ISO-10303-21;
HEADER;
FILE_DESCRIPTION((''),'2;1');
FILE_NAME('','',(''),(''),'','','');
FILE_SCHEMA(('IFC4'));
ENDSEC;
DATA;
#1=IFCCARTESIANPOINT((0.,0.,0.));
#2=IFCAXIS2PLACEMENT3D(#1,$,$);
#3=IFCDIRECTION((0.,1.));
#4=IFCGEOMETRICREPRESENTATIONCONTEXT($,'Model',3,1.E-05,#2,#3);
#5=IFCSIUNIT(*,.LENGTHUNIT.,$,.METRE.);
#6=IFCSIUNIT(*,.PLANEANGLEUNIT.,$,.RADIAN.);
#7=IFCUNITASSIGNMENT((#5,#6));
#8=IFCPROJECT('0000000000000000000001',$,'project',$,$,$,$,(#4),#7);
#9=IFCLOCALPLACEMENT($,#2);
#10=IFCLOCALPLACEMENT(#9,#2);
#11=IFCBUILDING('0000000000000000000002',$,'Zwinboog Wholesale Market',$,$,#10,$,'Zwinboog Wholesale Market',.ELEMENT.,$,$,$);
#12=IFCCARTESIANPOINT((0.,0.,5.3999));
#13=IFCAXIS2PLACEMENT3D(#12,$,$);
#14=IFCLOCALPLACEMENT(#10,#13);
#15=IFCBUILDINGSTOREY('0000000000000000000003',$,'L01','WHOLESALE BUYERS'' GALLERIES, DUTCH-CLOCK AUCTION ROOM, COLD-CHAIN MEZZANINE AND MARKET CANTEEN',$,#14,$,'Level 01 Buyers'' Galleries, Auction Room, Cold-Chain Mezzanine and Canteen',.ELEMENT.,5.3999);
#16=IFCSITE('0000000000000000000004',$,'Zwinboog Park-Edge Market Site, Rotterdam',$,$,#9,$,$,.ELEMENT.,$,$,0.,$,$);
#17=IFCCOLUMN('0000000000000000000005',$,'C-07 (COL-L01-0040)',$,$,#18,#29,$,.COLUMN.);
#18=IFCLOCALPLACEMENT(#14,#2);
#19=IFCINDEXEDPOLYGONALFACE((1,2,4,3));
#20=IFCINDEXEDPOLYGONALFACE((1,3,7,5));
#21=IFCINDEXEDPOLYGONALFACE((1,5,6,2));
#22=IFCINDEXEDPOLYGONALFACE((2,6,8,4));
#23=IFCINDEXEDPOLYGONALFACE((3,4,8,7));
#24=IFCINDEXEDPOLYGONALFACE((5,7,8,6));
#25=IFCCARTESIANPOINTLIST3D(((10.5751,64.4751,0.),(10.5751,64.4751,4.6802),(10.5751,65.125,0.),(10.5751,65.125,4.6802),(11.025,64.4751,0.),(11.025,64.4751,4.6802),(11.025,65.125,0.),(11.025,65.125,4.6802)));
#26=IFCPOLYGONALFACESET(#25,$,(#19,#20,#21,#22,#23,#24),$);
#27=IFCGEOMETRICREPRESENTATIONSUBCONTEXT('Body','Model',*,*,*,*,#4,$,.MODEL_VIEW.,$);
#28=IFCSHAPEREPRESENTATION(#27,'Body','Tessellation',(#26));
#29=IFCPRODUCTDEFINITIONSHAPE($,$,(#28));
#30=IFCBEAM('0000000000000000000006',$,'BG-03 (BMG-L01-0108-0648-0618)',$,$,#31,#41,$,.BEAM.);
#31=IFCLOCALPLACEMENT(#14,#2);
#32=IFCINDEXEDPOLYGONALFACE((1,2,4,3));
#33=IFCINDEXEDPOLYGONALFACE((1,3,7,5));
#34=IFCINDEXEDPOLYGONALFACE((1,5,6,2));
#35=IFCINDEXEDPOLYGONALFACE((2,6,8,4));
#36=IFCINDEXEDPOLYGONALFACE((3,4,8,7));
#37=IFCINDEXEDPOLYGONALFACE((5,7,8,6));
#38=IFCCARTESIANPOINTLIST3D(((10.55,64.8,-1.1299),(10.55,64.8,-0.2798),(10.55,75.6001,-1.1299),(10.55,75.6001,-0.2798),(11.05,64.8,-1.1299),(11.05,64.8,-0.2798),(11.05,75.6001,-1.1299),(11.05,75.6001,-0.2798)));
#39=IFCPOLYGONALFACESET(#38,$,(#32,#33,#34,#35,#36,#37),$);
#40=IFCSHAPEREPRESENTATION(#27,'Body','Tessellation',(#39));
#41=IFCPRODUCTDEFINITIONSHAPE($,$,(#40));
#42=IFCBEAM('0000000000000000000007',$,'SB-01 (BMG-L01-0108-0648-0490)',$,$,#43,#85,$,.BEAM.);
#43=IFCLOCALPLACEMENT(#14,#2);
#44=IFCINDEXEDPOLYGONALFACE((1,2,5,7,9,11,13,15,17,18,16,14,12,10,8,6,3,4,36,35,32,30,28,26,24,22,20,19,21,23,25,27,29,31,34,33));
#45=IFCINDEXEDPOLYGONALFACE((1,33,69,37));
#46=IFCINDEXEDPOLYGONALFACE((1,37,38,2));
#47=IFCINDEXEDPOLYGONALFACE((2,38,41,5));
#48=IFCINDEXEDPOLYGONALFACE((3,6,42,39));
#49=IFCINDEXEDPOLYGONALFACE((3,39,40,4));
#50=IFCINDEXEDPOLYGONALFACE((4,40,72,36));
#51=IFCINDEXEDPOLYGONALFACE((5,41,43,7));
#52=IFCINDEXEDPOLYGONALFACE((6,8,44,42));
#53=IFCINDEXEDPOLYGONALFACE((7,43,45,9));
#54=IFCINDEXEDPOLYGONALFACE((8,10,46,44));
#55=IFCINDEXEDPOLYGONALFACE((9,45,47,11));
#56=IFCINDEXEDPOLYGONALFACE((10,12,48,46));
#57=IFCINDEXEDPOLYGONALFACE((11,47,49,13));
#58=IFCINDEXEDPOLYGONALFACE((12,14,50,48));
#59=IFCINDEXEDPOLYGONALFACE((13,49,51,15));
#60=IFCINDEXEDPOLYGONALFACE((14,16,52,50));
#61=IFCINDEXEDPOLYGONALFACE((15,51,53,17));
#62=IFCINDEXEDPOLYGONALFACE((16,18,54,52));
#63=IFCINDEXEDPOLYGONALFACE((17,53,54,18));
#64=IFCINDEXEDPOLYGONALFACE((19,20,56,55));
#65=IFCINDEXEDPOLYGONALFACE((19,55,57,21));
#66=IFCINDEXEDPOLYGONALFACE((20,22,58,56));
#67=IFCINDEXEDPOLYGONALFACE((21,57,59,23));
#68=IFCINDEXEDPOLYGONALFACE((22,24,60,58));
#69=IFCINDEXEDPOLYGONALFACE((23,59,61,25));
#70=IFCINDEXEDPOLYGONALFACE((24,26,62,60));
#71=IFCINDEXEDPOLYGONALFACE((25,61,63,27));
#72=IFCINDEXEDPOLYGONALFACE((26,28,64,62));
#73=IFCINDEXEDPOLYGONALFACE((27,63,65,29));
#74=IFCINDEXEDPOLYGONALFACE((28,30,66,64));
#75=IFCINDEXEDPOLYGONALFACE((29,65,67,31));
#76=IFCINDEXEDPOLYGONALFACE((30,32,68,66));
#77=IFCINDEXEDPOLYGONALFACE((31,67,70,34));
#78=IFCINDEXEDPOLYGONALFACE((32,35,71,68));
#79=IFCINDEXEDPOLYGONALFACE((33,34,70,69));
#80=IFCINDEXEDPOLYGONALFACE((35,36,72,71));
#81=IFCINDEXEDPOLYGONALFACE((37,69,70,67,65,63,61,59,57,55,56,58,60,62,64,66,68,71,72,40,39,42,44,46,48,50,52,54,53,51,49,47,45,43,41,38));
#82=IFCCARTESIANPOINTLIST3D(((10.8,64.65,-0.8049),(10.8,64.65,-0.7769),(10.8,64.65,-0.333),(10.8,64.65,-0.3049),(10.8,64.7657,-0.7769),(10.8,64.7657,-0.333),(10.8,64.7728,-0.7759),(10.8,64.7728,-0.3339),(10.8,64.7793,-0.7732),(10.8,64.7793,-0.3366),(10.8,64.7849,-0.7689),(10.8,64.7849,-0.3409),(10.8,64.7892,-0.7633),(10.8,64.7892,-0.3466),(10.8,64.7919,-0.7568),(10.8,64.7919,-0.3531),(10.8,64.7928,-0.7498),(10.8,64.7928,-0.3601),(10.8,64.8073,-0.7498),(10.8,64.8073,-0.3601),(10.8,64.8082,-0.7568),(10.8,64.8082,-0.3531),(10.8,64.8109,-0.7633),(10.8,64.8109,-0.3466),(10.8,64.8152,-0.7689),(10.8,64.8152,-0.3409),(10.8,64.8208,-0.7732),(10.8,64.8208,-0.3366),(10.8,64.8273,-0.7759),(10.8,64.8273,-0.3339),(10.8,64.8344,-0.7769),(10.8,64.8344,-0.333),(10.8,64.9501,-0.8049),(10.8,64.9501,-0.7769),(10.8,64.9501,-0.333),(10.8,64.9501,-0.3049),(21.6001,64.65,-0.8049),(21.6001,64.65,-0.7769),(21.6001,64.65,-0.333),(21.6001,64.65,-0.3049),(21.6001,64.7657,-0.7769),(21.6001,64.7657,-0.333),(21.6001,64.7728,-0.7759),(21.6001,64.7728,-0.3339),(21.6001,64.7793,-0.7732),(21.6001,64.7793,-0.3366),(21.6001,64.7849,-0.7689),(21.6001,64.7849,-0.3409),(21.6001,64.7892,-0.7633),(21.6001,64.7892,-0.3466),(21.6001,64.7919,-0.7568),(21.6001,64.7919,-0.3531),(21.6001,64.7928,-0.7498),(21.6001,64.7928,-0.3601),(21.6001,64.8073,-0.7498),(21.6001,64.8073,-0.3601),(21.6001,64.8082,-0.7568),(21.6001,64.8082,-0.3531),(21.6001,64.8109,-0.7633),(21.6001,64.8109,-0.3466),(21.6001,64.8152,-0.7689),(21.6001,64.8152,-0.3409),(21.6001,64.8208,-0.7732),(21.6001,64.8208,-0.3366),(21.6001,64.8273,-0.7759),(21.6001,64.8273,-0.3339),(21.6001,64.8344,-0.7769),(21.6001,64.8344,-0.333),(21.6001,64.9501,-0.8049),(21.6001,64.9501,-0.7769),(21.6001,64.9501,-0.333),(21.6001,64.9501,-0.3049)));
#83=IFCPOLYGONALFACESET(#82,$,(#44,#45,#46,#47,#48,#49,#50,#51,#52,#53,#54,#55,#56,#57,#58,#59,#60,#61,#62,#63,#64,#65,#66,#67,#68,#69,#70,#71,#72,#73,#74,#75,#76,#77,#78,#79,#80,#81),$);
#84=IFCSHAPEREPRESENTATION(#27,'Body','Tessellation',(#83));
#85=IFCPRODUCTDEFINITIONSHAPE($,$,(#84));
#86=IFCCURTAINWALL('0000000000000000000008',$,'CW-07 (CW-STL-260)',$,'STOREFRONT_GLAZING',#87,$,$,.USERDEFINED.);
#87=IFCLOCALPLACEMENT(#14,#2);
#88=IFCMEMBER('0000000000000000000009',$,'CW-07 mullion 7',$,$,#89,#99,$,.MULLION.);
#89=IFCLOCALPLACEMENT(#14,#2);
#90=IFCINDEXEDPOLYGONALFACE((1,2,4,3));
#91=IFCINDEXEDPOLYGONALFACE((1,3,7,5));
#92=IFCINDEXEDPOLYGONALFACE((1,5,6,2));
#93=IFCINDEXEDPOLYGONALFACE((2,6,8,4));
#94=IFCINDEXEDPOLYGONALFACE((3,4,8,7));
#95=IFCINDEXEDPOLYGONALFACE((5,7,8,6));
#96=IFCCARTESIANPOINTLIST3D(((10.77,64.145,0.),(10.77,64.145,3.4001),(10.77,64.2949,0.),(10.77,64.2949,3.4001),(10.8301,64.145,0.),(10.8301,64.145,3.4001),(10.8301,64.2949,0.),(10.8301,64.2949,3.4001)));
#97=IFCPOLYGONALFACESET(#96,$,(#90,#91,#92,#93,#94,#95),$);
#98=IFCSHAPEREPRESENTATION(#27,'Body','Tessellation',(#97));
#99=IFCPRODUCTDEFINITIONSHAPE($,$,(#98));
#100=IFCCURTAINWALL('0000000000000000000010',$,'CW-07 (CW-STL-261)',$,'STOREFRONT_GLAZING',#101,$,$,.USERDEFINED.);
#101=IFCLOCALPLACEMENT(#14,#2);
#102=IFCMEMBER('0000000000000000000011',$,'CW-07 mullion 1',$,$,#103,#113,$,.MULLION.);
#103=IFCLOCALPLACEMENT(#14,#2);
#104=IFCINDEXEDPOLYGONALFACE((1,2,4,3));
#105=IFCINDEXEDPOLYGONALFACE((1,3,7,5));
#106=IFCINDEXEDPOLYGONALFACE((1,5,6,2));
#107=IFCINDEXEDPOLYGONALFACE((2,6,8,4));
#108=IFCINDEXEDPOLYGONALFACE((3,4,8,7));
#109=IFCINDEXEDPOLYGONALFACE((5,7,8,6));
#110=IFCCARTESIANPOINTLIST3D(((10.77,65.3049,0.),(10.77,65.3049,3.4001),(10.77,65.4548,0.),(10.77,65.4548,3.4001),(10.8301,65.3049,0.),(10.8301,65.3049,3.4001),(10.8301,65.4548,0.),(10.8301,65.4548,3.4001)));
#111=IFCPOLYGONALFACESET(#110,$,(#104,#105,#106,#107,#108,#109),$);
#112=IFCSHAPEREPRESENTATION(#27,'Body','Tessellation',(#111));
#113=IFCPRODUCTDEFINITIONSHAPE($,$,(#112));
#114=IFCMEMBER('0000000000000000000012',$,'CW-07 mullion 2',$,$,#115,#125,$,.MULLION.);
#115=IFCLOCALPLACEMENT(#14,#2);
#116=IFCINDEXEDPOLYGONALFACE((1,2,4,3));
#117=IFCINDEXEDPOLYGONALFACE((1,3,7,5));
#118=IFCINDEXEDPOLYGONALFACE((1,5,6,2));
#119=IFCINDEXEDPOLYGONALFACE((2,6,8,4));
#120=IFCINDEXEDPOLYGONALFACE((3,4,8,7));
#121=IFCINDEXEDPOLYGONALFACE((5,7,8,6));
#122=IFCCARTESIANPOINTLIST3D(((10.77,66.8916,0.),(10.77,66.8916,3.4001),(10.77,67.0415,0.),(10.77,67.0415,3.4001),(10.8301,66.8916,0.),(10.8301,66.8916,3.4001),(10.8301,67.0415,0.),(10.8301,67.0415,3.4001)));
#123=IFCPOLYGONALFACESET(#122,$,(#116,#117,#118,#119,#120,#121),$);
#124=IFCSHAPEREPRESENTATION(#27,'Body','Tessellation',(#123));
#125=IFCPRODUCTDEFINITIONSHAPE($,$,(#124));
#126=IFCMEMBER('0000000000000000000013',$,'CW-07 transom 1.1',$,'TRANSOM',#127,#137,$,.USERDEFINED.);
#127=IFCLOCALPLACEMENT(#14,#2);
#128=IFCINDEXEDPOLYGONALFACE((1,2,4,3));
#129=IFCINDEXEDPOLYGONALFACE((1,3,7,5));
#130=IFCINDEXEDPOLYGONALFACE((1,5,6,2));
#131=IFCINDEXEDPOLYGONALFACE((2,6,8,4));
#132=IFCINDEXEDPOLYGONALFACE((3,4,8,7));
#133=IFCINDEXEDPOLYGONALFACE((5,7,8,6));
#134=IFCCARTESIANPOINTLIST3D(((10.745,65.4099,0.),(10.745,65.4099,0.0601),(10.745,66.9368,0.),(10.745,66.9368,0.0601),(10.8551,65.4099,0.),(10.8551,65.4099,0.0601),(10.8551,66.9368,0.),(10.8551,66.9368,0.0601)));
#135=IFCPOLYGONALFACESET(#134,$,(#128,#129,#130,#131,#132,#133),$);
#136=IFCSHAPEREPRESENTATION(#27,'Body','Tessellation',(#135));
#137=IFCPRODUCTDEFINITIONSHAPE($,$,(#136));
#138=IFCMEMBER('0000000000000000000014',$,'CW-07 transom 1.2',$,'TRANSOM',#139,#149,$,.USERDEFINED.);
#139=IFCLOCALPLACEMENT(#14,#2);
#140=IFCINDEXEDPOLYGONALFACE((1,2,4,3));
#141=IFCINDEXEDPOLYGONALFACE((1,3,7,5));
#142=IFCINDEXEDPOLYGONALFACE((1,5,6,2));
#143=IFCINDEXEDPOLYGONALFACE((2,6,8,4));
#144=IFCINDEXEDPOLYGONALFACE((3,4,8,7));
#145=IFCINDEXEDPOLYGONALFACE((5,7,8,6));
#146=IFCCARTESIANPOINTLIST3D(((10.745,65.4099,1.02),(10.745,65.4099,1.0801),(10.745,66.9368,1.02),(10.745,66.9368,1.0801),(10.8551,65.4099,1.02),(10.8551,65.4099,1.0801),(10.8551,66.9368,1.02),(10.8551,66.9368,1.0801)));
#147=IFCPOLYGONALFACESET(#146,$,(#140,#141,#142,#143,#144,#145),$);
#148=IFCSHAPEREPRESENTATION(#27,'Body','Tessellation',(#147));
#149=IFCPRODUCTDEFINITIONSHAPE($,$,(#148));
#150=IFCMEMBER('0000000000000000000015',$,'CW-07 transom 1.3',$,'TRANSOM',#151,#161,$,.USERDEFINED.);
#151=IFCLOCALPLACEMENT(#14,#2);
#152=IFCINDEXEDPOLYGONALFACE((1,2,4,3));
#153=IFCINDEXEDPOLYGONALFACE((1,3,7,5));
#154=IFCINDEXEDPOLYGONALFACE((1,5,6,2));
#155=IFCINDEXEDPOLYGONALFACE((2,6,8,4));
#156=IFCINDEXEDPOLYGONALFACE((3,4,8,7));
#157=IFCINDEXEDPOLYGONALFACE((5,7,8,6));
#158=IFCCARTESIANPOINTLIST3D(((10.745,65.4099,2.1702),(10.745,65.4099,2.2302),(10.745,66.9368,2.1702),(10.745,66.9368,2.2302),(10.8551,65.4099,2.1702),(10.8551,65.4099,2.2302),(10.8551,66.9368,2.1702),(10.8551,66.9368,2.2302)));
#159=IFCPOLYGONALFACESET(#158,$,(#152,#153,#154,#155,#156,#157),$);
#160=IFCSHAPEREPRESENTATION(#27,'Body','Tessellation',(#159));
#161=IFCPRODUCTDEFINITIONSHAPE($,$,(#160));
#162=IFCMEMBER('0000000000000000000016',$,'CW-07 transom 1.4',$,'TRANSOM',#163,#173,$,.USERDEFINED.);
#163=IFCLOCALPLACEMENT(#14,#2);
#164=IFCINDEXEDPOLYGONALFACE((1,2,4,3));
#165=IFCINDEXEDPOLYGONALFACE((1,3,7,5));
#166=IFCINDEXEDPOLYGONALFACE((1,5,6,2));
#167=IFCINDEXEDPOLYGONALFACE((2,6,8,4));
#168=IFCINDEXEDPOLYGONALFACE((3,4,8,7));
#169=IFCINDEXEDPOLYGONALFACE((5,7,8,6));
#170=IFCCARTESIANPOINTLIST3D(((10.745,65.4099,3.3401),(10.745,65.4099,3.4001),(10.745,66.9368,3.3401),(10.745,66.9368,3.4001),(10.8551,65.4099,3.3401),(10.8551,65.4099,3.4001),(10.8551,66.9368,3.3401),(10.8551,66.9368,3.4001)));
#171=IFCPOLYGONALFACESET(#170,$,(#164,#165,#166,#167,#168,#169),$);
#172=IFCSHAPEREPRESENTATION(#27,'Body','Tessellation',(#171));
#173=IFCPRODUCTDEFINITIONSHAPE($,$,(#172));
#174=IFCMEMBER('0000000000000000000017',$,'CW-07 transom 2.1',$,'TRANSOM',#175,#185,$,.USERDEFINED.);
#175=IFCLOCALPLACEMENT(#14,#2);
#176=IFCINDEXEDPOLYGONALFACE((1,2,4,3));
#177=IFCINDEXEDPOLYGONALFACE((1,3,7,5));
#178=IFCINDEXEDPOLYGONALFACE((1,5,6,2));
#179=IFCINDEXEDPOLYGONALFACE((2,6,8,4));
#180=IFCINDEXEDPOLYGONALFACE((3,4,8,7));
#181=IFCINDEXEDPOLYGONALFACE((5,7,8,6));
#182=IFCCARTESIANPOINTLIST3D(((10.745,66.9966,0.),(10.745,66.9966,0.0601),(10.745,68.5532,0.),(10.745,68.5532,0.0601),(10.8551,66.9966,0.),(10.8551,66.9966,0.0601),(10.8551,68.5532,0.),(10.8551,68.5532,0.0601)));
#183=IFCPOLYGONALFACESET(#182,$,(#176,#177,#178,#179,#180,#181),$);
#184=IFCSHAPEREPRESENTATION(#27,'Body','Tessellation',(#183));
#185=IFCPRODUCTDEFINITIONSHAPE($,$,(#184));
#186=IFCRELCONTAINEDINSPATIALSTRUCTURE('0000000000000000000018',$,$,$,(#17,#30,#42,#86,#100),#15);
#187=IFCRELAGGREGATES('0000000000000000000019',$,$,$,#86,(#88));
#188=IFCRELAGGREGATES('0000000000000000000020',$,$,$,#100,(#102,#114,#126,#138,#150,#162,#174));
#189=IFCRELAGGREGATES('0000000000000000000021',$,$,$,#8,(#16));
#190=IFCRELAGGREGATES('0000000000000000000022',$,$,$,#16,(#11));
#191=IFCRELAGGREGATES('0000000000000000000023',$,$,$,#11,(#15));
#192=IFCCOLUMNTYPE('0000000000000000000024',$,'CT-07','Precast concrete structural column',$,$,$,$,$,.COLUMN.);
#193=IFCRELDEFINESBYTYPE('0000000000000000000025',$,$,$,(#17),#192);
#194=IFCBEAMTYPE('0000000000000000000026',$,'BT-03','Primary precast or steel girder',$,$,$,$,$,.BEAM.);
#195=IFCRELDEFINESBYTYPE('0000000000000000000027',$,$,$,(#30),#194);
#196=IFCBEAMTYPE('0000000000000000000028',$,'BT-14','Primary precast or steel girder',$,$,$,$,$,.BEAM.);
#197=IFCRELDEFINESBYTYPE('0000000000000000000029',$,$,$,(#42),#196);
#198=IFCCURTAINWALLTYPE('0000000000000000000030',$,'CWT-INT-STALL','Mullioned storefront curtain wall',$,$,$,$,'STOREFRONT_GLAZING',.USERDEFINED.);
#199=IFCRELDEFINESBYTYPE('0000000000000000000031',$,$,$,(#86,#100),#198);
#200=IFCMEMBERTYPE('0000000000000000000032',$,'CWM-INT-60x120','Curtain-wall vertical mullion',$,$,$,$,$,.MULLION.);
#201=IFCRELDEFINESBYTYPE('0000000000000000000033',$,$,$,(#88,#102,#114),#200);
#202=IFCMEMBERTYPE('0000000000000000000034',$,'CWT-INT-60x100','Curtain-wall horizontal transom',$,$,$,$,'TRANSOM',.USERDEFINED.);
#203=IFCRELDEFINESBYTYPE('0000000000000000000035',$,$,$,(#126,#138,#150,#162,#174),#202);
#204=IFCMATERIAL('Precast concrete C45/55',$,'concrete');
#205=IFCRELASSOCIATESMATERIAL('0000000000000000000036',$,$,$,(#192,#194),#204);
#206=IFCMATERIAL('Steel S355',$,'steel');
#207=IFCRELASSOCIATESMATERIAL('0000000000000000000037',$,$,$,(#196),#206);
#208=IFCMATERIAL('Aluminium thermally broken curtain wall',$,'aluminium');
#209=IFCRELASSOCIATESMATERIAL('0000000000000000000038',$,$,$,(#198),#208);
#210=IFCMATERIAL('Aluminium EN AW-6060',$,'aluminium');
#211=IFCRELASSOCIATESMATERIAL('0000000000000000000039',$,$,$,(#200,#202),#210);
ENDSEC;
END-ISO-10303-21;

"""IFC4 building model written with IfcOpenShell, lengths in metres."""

from ifc_helpers import new_model, si_unit, direction, frame, origin, origin_2d, place, context, subcontext, project, spatial, rectangle, i_section, extrude, material, material_profile, profile_set, type_object, element, aggregate, save


model = new_model("IFC4")

# Units and contexts
model_context = context("Model", 3, precision=1e-05, world=origin(), true_north=direction((0.0, 1.0)))
body_context = subcontext(model_context, "Body", "Model", "MODEL_VIEW")
ifc_project = project(units=[si_unit("LENGTHUNIT", "METRE"), si_unit("PLANEANGLEUNIT", "RADIAN")], contexts=[model_context])

# Site, building, storey
site_placement = place(None, origin())
site = spatial("IfcSite", under=ifc_project, at=site_placement, Name="Zwinboog Park-Edge Market Site, Rotterdam", CompositionType="ELEMENT", RefElevation=0.0)
building_placement = place(site_placement, origin())
building = spatial("IfcBuilding", under=site, at=building_placement, Name="Zwinboog Wholesale Market", LongName="Zwinboog Wholesale Market", CompositionType="ELEMENT")
storey_placement = place(building_placement, frame((0.0, 0.0, 5.3999)))
storey = spatial("IfcBuildingStorey", under=building, at=storey_placement, Name="L01", Description="WHOLESALE BUYERS' GALLERIES, DUTCH-CLOCK AUCTION ROOM, COLD-CHAIN MEZZANINE AND MARKET CANTEEN", LongName="Level 01 Buyers' Galleries, Auction Room, Cold-Chain Mezzanine and Canteen", CompositionType="ELEMENT", Elevation=5.3999)

# Column
ifc_material_1 = material(Name="Precast concrete C45/55", Category="concrete")
ifc_material_profile_1 = material_profile(ifc_material_1, rectangle(XDim=0.45, YDim=0.6499, at=origin_2d()), Name="PC 450x650")
ifc_profile_set_1 = profile_set([ifc_material_profile_1], Name="Precast concrete C45/55")
column_type = type_object("IfcColumnType", Name="CT-07", Description="Precast concrete structural column", PredefinedType="COLUMN", material=ifc_profile_set_1)
column_placement = place(storey_placement, frame((10.8, 64.8, 0.0), z_axis=(0.0, 0.0, 1.0), x_axis=(1.0, 0.0, 0.0)))
element("IfcColumn", 1, at=column_placement, inside=storey, type_object=column_type, Name="C-07 (COL-L01-0040)", PredefinedType="COLUMN", context=body_context, shape_type="SweptSolid", body=[
    extrude(rectangle(XDim=0.45, YDim=0.6499, at=origin_2d()), origin(), (0.0, 0.0, 1.0), 4.6802),
])

# Beams
ifc_material_profile_2 = material_profile(ifc_material_1, rectangle(XDim=0.5, YDim=0.8501, at=origin_2d()), Name="PC 500x850")
ifc_profile_set_2 = profile_set([ifc_material_profile_2], Name="Precast concrete C45/55")
beam_type_1 = type_object("IfcBeamType", Name="BT-03", Description="Primary precast or steel girder", PredefinedType="BEAM", material=ifc_profile_set_2)
beam_1_placement = place(storey_placement, frame((10.8, 64.8, -0.7048), z_axis=(0.0, 1.0, 0.0), x_axis=(-1.0, 0.0, 0.0)))
element("IfcBeam", 2, at=beam_1_placement, inside=storey, type_object=beam_type_1, Name="BG-03 (BMG-L01-0108-0648-0618)", PredefinedType="BEAM", context=body_context, shape_type="SweptSolid", body=[
    extrude(rectangle(XDim=0.5, YDim=0.8501, at=origin_2d()), origin(), (0.0, 0.0, 1.0), 10.8),
])
ifc_material_2 = material(Name="Steel S355", Category="steel")
ifc_material_profile_3 = material_profile(ifc_material_2, i_section(OverallWidth=0.3, OverallDepth=0.5, WebThickness=0.0144, FlangeThickness=0.0281, FilletRadius=0.0271, at=origin_2d()), Name="HEB 500")
ifc_profile_set_3 = profile_set([ifc_material_profile_3], Name="Steel S355")
beam_type_2 = type_object("IfcBeamType", Name="BT-14", Description="Primary precast or steel girder", PredefinedType="BEAM", material=ifc_profile_set_3)
beam_2_placement = place(storey_placement, frame((10.8, 64.8, -0.5549), z_axis=(1.0, 0.0, 0.0), x_axis=(0.0, 1.0, 0.0)))
element("IfcBeam", 3, at=beam_2_placement, inside=storey, type_object=beam_type_2, Name="SB-01 (BMG-L01-0108-0648-0490)", PredefinedType="BEAM", context=body_context, shape_type="SweptSolid", body=[
    extrude(i_section(OverallWidth=0.3, OverallDepth=0.5, WebThickness=0.0144, FlangeThickness=0.0281, FilletRadius=0.0271, at=origin_2d()), origin(), (0.0, 0.0, 1.0), 10.8),
])

# Curtain wall, member
ifc_material_3 = material(Name="Aluminium thermally broken curtain wall", Category="aluminium")
curtain_wall_type = type_object("IfcCurtainWallType", Name="CWT-INT-STALL", Description="Mullioned storefront curtain wall", ElementType="STOREFRONT_GLAZING", PredefinedType="USERDEFINED", material=ifc_material_3)
curtain_wall_1_placement = place(storey_placement, origin())
curtain_wall_1 = element("IfcCurtainWall", 4, at=curtain_wall_1_placement, inside=storey, type_object=curtain_wall_type, Name="CW-07 (CW-STL-260)", ObjectType="STOREFRONT_GLAZING", PredefinedType="USERDEFINED")
ifc_material_4 = material(Name="Aluminium EN AW-6060", Category="aluminium")
ifc_material_profile_4 = material_profile(ifc_material_4, rectangle(XDim=0.0601, YDim=0.1499, at=origin_2d()), Name="AL 60x150")
ifc_profile_set_4 = profile_set([ifc_material_profile_4], Name="Aluminium EN AW-6060")
member_type_1 = type_object("IfcMemberType", Name="CWM-INT-60x120", Description="Curtain-wall vertical mullion", PredefinedType="MULLION", material=ifc_profile_set_4)
member_1_placement = place(storey_placement, frame((10.8, 64.22, 0.0), z_axis=(0.0, 0.0, 1.0), x_axis=(-1.0, 0.0, 0.0)))
member_1 = element("IfcMember", 5, at=member_1_placement, type_object=member_type_1, Name="CW-07 mullion 7", PredefinedType="MULLION", context=body_context, shape_type="SweptSolid", body=[
    extrude(rectangle(XDim=0.0601, YDim=0.1499, at=origin_2d()), origin(), (0.0, 0.0, 1.0), 3.4001),
])

# Curtain wall, members
curtain_wall_2_placement = place(storey_placement, origin())
curtain_wall_2 = element("IfcCurtainWall", 6, at=curtain_wall_2_placement, inside=storey, type_object=curtain_wall_type, Name="CW-07 (CW-STL-261)", ObjectType="STOREFRONT_GLAZING", PredefinedType="USERDEFINED")
member_2_placement = place(storey_placement, frame((10.8, 65.3799, 0.0), z_axis=(0.0, 0.0, 1.0), x_axis=(-1.0, 0.0, 0.0)))
member_2 = element("IfcMember", 7, at=member_2_placement, type_object=member_type_1, Name="CW-07 mullion 1", PredefinedType="MULLION", context=body_context, shape_type="SweptSolid", body=[
    extrude(rectangle(XDim=0.0601, YDim=0.1499, at=origin_2d()), origin(), (0.0, 0.0, 1.0), 3.4001),
])
member_3_placement = place(storey_placement, frame((10.8, 66.9666, 0.0), z_axis=(0.0, 0.0, 1.0), x_axis=(-1.0, 0.0, 0.0)))
member_3 = element("IfcMember", 8, at=member_3_placement, type_object=member_type_1, Name="CW-07 mullion 2", PredefinedType="MULLION", context=body_context, shape_type="SweptSolid", body=[
    extrude(rectangle(XDim=0.0601, YDim=0.1499, at=origin_2d()), origin(), (0.0, 0.0, 1.0), 3.4001),
])
ifc_material_profile_5 = material_profile(ifc_material_4, rectangle(XDim=0.1101, YDim=0.0601, at=origin_2d()), Name="AL 60x110")
ifc_profile_set_5 = profile_set([ifc_material_profile_5], Name="Aluminium EN AW-6060")
member_type_2 = type_object("IfcMemberType", Name="CWT-INT-60x100", Description="Curtain-wall horizontal transom", ElementType="TRANSOM", PredefinedType="USERDEFINED", material=ifc_profile_set_5)
member_4_placement = place(storey_placement, frame((10.8, 65.4099, 0.03), z_axis=(0.0, 1.0, 0.0), x_axis=(-1.0, 0.0, 0.0)))
member_4 = element("IfcMember", 9, at=member_4_placement, type_object=member_type_2, Name="CW-07 transom 1.1", ObjectType="TRANSOM", PredefinedType="USERDEFINED", context=body_context, shape_type="SweptSolid", body=[
    extrude(rectangle(XDim=0.1101, YDim=0.0601, at=origin_2d()), origin(), (0.0, 0.0, 1.0), 1.5269),
])
member_5_placement = place(storey_placement, frame((10.8, 65.4099, 1.05), z_axis=(0.0, 1.0, 0.0), x_axis=(-1.0, 0.0, 0.0)))
member_5 = element("IfcMember", 10, at=member_5_placement, type_object=member_type_2, Name="CW-07 transom 1.2", ObjectType="TRANSOM", PredefinedType="USERDEFINED", context=body_context, shape_type="SweptSolid", body=[
    extrude(rectangle(XDim=0.1101, YDim=0.0601, at=origin_2d()), origin(), (0.0, 0.0, 1.0), 1.5269),
])
member_6_placement = place(storey_placement, frame((10.8, 65.4099, 2.2002), z_axis=(0.0, 1.0, 0.0), x_axis=(-1.0, 0.0, 0.0)))
member_6 = element("IfcMember", 11, at=member_6_placement, type_object=member_type_2, Name="CW-07 transom 1.3", ObjectType="TRANSOM", PredefinedType="USERDEFINED", context=body_context, shape_type="SweptSolid", body=[
    extrude(rectangle(XDim=0.1101, YDim=0.0601, at=origin_2d()), origin(), (0.0, 0.0, 1.0), 1.5269),
])
member_7_placement = place(storey_placement, frame((10.8, 65.4099, 3.3701), z_axis=(0.0, 1.0, 0.0), x_axis=(-1.0, 0.0, 0.0)))
member_7 = element("IfcMember", 12, at=member_7_placement, type_object=member_type_2, Name="CW-07 transom 1.4", ObjectType="TRANSOM", PredefinedType="USERDEFINED", context=body_context, shape_type="SweptSolid", body=[
    extrude(rectangle(XDim=0.1101, YDim=0.0601, at=origin_2d()), origin(), (0.0, 0.0, 1.0), 1.5269),
])
member_8_placement = place(storey_placement, frame((10.8, 66.9966, 0.03), z_axis=(0.0, 1.0, 0.0), x_axis=(-1.0, 0.0, 0.0)))
member_8 = element("IfcMember", 13, at=member_8_placement, type_object=member_type_2, Name="CW-07 transom 2.1", ObjectType="TRANSOM", PredefinedType="USERDEFINED", context=body_context, shape_type="SweptSolid", body=[
    extrude(rectangle(XDim=0.1101, YDim=0.0601, at=origin_2d()), origin(), (0.0, 0.0, 1.0), 1.5566),
])

aggregate(curtain_wall_1, [member_1])
aggregate(curtain_wall_2, [member_2, member_3, member_4, member_5, member_6, member_7, member_8])

save(model, "model.ifc")
